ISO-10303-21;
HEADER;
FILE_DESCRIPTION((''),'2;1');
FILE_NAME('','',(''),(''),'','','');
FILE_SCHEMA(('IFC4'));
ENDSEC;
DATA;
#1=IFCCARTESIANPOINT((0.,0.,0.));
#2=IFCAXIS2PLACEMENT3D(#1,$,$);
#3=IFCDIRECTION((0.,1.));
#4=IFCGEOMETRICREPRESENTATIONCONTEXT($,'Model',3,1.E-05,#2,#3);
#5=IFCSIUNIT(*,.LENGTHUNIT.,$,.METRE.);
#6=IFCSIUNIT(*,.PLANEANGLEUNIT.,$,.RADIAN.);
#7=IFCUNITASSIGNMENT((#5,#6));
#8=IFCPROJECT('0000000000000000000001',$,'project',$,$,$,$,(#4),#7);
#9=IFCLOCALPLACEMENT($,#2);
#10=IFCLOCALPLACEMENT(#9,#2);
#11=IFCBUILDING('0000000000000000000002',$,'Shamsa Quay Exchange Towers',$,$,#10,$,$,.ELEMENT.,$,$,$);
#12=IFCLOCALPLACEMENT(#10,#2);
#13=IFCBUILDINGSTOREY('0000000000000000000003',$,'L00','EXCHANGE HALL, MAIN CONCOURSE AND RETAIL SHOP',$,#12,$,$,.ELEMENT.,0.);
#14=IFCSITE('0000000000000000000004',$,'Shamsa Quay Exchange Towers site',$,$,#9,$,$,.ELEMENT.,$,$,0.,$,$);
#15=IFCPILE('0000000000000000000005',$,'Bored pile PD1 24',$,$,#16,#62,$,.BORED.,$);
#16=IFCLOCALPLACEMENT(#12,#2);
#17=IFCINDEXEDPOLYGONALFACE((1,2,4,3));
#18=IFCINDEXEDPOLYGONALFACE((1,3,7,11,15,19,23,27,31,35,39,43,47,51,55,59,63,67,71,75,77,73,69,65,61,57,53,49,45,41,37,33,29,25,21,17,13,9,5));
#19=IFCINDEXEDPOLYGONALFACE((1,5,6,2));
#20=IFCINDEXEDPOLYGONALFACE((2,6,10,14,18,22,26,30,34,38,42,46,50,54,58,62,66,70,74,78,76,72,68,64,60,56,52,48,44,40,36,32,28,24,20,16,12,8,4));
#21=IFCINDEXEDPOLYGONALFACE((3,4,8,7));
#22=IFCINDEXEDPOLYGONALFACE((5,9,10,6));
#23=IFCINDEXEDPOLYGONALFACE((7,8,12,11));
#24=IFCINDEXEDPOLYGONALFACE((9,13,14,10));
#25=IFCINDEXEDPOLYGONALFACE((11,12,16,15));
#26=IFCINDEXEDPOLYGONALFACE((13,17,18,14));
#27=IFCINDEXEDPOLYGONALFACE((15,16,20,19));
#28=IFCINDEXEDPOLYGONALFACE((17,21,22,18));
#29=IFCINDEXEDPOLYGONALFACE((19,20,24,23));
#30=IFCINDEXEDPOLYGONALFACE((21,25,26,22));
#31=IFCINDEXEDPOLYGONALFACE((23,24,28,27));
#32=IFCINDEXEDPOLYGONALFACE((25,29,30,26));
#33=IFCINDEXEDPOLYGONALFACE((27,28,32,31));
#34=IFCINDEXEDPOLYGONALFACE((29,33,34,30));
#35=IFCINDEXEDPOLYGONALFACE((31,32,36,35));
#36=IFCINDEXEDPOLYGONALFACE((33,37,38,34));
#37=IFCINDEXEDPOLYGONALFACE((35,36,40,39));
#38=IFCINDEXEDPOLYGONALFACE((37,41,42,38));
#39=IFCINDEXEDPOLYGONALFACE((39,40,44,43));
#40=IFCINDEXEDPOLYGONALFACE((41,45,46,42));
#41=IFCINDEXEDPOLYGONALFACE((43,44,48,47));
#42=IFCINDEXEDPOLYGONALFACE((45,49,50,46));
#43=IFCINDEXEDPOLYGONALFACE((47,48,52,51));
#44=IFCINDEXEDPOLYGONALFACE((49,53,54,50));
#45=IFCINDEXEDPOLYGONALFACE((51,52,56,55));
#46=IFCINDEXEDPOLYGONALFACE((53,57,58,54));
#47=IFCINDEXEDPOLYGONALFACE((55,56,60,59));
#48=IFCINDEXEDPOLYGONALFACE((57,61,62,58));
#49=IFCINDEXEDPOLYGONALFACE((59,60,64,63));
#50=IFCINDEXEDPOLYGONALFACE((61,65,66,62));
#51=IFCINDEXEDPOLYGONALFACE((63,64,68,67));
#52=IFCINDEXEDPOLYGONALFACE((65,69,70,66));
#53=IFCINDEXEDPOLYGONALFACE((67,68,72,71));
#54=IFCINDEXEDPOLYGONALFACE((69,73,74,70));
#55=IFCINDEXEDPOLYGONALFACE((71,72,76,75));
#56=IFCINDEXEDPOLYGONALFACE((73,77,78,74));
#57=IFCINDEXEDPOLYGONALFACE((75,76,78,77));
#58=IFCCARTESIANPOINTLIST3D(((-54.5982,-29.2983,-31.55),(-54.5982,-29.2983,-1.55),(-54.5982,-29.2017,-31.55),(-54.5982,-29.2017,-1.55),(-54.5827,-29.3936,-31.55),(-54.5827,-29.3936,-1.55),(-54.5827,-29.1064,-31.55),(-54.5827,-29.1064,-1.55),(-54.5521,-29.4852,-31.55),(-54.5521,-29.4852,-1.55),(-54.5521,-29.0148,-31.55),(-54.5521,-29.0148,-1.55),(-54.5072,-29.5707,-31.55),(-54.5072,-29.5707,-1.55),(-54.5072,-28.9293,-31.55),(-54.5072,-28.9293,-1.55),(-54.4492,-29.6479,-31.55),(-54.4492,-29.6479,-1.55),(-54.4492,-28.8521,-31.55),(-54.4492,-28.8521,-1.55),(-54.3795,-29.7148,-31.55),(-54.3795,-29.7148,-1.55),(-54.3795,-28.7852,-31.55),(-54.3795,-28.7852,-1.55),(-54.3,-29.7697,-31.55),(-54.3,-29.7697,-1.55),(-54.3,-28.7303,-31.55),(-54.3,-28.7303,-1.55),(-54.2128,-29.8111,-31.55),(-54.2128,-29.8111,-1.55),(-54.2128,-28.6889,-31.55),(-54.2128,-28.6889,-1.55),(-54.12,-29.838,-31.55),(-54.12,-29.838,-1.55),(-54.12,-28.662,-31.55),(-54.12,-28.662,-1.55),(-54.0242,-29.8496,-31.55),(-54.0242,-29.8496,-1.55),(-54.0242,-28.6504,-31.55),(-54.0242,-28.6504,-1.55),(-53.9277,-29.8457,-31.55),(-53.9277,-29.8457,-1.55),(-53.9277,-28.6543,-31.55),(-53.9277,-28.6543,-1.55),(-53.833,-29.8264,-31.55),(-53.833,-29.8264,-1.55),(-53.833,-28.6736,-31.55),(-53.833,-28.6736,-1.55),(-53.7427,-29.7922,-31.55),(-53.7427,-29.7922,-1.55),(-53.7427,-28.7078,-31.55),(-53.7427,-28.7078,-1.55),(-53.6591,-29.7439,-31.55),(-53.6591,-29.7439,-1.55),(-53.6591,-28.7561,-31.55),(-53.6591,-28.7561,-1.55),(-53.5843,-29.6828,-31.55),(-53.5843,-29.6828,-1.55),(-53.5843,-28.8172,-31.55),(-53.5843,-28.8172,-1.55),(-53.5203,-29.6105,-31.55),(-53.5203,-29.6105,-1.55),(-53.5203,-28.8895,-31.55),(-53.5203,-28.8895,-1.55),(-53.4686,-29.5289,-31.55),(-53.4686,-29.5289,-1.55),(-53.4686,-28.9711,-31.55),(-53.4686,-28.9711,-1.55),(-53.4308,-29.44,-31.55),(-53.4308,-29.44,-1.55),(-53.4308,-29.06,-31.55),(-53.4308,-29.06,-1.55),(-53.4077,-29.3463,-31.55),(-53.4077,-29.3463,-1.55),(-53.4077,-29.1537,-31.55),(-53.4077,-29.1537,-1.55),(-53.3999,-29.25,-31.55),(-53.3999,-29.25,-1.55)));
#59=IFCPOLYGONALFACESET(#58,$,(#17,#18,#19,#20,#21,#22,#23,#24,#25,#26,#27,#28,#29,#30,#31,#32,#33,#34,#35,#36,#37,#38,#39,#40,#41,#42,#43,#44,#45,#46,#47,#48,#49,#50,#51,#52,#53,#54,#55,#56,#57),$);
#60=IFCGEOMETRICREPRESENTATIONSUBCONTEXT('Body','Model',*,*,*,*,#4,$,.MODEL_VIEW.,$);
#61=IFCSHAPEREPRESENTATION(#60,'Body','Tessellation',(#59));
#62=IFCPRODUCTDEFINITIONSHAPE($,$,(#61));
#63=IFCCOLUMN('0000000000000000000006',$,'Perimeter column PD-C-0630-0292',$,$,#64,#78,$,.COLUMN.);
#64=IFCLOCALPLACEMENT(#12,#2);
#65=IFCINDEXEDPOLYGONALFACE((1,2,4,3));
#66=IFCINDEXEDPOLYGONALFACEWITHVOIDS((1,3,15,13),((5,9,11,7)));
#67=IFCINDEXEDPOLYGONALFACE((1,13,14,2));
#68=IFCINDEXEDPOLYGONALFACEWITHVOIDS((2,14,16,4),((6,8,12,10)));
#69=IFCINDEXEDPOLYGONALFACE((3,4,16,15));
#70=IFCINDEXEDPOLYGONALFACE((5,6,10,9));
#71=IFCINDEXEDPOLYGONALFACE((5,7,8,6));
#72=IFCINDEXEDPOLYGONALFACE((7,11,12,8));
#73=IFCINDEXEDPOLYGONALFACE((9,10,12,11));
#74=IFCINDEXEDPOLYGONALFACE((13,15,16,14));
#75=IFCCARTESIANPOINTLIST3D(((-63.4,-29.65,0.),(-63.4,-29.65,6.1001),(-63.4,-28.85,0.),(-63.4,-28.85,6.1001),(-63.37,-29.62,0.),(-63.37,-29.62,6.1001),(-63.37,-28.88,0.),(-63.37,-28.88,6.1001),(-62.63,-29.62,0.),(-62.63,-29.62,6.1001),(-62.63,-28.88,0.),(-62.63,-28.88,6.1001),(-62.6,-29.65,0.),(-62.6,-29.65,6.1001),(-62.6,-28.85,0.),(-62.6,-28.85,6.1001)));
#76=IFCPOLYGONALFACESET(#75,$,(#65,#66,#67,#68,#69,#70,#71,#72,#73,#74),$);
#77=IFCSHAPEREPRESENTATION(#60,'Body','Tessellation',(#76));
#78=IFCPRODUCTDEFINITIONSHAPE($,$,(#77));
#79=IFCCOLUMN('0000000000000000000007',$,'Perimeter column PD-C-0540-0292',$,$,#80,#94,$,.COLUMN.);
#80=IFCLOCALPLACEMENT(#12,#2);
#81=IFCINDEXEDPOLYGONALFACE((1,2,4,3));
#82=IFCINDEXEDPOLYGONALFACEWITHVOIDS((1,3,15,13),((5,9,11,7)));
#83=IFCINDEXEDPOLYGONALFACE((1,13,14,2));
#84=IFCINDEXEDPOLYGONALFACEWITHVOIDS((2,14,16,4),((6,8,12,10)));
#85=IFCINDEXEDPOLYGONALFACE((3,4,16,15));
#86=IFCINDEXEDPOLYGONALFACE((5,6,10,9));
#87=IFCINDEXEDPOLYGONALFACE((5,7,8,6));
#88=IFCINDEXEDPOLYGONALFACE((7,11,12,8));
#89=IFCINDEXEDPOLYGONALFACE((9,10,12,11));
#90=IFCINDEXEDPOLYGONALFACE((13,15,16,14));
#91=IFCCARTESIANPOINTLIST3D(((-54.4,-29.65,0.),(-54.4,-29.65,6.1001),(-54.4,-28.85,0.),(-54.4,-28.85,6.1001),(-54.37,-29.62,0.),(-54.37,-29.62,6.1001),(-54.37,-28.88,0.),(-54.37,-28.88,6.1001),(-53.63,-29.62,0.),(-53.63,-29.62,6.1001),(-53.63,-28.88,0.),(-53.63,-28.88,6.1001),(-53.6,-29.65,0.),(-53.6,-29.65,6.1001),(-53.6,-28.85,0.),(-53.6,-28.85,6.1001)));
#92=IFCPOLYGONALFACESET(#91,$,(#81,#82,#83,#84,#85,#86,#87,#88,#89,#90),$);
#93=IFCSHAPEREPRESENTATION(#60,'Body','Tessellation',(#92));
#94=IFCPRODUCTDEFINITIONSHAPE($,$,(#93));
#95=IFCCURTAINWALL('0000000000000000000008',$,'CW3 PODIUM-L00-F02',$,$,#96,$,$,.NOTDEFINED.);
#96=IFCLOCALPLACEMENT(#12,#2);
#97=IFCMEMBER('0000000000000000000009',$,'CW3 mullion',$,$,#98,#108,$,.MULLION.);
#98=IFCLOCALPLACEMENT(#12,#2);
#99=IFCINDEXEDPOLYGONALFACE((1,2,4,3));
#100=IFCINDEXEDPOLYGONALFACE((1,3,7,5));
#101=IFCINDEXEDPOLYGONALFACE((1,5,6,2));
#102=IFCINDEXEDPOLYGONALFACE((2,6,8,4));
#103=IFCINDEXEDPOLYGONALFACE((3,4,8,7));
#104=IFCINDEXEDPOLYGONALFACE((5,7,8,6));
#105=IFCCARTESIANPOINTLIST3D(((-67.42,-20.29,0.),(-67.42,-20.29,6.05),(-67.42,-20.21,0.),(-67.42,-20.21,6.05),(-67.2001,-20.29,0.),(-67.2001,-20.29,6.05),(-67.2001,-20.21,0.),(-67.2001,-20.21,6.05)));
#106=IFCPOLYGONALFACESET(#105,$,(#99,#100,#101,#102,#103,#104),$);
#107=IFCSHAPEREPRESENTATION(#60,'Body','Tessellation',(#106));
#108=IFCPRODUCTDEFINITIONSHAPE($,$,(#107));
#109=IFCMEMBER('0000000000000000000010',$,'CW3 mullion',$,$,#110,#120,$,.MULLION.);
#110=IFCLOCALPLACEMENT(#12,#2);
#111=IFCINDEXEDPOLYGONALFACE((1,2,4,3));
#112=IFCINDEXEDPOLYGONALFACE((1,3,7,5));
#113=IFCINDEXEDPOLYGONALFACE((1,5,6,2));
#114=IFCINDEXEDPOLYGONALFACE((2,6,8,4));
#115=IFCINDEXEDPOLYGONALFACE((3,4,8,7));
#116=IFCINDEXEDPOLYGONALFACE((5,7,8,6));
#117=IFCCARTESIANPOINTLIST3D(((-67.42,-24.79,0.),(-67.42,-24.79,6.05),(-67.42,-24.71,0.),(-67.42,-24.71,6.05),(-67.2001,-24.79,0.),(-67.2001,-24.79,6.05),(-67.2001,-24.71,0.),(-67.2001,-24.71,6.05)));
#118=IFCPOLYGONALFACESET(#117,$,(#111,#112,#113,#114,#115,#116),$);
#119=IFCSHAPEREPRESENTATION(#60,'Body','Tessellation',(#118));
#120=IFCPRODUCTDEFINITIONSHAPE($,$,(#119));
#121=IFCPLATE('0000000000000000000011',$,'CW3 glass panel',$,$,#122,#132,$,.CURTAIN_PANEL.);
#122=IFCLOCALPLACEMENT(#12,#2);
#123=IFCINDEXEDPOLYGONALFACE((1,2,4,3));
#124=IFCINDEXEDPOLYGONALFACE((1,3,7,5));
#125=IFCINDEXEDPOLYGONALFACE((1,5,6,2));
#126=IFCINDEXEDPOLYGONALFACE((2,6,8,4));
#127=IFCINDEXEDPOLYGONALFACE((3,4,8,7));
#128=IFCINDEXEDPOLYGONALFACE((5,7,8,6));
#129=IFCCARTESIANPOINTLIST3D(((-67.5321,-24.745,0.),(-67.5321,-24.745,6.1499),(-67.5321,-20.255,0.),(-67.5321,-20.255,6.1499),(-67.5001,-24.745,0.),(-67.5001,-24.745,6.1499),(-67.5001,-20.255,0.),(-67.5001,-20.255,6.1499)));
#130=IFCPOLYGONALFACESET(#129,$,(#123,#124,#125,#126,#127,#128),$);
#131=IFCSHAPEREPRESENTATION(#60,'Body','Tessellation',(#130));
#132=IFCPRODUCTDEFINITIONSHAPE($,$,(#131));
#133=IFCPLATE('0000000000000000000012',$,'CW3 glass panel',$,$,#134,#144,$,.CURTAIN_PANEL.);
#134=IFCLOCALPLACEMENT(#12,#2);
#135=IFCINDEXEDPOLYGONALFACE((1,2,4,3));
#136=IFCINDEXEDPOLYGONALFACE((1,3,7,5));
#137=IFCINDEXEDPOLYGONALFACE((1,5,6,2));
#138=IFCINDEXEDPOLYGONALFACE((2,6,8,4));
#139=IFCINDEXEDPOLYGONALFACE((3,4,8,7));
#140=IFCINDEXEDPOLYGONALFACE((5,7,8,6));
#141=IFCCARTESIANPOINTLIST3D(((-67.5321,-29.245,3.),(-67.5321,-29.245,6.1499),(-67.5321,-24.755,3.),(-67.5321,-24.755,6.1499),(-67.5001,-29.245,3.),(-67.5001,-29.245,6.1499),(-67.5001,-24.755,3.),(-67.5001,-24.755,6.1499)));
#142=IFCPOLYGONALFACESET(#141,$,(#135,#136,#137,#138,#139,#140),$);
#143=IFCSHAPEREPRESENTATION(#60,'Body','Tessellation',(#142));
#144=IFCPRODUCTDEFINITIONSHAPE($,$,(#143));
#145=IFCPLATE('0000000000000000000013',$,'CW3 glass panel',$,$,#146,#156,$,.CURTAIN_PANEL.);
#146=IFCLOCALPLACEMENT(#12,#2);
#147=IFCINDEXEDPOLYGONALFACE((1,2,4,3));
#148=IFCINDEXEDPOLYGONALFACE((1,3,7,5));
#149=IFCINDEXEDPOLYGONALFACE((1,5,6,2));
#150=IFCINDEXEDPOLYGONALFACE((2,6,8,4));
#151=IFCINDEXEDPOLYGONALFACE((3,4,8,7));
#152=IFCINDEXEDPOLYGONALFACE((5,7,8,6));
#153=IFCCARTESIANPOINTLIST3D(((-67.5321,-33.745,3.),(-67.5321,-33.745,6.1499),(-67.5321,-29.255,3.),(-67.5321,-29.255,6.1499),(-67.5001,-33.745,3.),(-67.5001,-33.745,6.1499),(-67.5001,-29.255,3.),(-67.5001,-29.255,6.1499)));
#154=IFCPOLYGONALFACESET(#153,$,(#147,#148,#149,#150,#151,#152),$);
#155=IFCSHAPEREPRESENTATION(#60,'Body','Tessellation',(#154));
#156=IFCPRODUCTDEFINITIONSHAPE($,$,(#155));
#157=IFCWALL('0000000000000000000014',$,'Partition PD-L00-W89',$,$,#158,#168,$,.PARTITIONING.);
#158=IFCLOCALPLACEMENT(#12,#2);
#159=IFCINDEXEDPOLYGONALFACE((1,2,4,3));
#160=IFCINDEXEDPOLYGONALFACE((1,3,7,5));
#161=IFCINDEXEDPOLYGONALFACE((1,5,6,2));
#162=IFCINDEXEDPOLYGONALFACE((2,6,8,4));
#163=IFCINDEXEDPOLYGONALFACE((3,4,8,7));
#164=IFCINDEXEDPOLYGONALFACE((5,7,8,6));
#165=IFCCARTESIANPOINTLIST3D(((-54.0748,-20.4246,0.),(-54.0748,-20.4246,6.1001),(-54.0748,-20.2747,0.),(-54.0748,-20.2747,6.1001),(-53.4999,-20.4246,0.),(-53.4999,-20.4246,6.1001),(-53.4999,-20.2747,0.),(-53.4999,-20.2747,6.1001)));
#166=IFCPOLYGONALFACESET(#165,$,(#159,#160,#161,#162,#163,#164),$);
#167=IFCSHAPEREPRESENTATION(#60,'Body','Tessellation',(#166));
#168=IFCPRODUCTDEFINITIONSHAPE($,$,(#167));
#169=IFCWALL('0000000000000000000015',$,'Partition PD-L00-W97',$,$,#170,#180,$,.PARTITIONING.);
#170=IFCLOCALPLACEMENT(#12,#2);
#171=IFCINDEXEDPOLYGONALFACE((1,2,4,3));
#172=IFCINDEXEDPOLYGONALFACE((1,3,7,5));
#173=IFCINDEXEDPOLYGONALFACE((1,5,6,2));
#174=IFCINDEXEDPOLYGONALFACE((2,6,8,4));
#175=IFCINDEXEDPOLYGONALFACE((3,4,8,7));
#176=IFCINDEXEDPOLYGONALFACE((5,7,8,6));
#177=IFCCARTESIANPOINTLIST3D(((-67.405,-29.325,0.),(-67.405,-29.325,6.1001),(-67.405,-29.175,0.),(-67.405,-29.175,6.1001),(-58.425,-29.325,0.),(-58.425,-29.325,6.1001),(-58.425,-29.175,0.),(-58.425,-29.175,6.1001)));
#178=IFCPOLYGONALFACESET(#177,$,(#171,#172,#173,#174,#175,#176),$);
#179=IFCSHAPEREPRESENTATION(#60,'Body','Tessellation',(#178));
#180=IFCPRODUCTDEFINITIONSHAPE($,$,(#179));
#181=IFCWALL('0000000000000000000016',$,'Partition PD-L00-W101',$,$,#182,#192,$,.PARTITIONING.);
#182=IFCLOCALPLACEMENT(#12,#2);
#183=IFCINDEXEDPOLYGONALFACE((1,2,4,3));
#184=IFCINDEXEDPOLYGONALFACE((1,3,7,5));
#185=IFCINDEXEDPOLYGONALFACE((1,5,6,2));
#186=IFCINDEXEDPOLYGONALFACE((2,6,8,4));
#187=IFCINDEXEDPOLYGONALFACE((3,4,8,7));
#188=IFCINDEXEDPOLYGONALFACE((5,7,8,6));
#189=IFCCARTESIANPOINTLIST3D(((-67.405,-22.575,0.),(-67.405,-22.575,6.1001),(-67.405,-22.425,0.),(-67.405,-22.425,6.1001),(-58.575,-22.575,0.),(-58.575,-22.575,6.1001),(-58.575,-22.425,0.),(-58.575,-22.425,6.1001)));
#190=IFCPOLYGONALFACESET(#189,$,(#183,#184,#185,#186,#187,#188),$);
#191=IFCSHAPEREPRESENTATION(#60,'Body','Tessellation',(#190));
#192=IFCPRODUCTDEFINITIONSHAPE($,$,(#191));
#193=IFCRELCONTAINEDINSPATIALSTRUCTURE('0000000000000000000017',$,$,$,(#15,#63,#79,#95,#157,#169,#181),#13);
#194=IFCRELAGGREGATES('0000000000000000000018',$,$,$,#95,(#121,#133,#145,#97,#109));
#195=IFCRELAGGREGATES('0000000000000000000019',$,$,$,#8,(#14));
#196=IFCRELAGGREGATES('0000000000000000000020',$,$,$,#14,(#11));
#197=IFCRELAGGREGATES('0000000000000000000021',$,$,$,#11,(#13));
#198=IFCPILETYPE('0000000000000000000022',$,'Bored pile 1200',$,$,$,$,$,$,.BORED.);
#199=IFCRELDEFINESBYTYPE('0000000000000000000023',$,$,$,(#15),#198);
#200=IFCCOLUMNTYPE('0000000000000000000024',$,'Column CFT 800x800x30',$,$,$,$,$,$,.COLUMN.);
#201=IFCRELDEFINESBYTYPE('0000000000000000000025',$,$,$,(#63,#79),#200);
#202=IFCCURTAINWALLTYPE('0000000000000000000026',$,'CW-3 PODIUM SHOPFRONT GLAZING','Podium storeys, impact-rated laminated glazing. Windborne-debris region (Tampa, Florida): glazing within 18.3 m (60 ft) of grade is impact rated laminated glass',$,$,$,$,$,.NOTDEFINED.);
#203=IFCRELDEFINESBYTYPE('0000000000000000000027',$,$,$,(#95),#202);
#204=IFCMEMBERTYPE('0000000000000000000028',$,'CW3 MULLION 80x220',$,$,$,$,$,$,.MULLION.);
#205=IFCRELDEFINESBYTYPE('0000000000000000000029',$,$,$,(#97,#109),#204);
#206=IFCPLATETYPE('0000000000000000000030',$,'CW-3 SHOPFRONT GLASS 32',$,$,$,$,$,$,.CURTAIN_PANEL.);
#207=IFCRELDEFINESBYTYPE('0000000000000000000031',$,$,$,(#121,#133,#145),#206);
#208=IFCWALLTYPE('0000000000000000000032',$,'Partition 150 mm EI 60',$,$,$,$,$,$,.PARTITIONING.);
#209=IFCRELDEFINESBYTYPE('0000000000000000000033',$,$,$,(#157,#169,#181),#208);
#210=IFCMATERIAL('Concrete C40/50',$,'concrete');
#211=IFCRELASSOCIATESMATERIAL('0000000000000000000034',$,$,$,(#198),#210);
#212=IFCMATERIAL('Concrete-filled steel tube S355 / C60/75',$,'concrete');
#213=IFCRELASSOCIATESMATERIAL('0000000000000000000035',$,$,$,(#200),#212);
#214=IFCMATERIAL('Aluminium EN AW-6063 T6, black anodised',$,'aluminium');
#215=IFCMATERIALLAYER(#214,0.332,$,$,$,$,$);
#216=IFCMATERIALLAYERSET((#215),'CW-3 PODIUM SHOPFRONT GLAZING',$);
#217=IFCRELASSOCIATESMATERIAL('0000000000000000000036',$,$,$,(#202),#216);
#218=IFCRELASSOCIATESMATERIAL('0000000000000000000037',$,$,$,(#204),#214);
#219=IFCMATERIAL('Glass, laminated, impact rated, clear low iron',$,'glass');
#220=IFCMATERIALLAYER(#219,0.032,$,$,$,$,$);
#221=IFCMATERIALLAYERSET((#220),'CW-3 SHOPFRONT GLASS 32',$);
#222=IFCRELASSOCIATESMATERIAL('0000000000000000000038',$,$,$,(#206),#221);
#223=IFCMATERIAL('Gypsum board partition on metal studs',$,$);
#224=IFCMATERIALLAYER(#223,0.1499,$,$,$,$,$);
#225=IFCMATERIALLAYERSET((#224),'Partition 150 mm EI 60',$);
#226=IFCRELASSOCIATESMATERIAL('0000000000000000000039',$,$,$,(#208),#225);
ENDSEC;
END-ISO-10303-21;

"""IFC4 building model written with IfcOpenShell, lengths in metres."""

from ifc_helpers import new_model, si_unit, direction, frame, frame_2d, origin, origin_2d, place, context, subcontext, project, spatial, rectangle, hollow_rectangle, circle, extrude, material, layer, layer_set, material_profile, profile_set, type_object, element, aggregate, save


model = new_model("IFC4")

# Units and contexts
model_context = context("Model", 3, precision=1e-05, world=origin(), true_north=direction((0.0, 1.0)))
body_context = subcontext(model_context, "Body", "Model", "MODEL_VIEW")
ifc_project = project(units=[si_unit("LENGTHUNIT", "METRE"), si_unit("PLANEANGLEUNIT", "RADIAN")], contexts=[model_context])

# Site, building, storey
site_placement = place(None, origin())
site = spatial("IfcSite", under=ifc_project, at=site_placement, Name="Shamsa Quay Exchange Towers site", CompositionType="ELEMENT", RefElevation=0.0)
building_placement = place(site_placement, origin())
building = spatial("IfcBuilding", under=site, at=building_placement, Name="Shamsa Quay Exchange Towers", CompositionType="ELEMENT")
storey_placement = place(building_placement, origin())
storey = spatial("IfcBuildingStorey", under=building, at=storey_placement, Name="L00", Description="EXCHANGE HALL, MAIN CONCOURSE AND RETAIL SHOP", CompositionType="ELEMENT", Elevation=0.0)

# Pile
ifc_material_1 = material(Name="Concrete C40/50", Category="concrete")
ifc_material_profile_1 = material_profile(ifc_material_1, circle(Radius=0.6001, at=origin_2d()), Name="BP1200")
ifc_profile_set_1 = profile_set([ifc_material_profile_1], Name="Concrete C40/50")
pile_type = type_object("IfcPileType", Name="Bored pile 1200", PredefinedType="BORED", material=ifc_profile_set_1)
for number, where, z_axis, x_axis, name in (
    (1, (-54.0, -29.25, -1.55), (0.0, 0.0, -1.0), (1.0, 0.0, 0.0), "Bored pile PD1 24"),
):
    element("IfcPile", number, at=place(storey_placement, frame(where, z_axis=z_axis, x_axis=x_axis)), inside=storey, type_object=pile_type, Name=name, PredefinedType="BORED", context=body_context, shape_type="SweptSolid", body=[
        extrude(circle(Radius=0.6001, at=origin_2d()), origin(), (0.0, 0.0, 1.0), 30.0),
    ])

# Columns
ifc_material_2 = material(Name="Concrete-filled steel tube S355 / C60/75", Category="concrete")
ifc_material_profile_2 = material_profile(ifc_material_2, hollow_rectangle(XDim=0.8, YDim=0.8, WallThickness=0.03, at=origin_2d()), Name="CFT 800x800x30")
ifc_profile_set_2 = profile_set([ifc_material_profile_2], Name="Concrete-filled steel tube S355 / C60/75")
column_type = type_object("IfcColumnType", Name="Column CFT 800x800x30", PredefinedType="COLUMN", material=ifc_profile_set_2)
for number, where, name in (
    (2, (-63.0, -29.25, 0.0), "Perimeter column PD-C-0630-0292"),
    (3, (-54.0, -29.25, 0.0), "Perimeter column PD-C-0540-0292"),
):
    element("IfcColumn", number, at=place(storey_placement, frame(where)), inside=storey, type_object=column_type, Name=name, PredefinedType="COLUMN", context=body_context, shape_type="SweptSolid", body=[
        extrude(hollow_rectangle(XDim=0.8, YDim=0.8, WallThickness=0.03, at=origin_2d()), origin(), (0.0, 0.0, 1.0), 6.1001),
    ])

# Curtain wall, members, plates
ifc_material_3 = material(Name="Aluminium EN AW-6063 T6, black anodised", Category="aluminium")
ifc_layer_1 = layer(ifc_material_3, 0.332)
ifc_layer_set_1 = layer_set([ifc_layer_1], Name="CW-3 PODIUM SHOPFRONT GLAZING")
curtain_wall_type = type_object("IfcCurtainWallType", Name="CW-3 PODIUM SHOPFRONT GLAZING", Description="Podium storeys, impact-rated laminated glazing. Windborne-debris region (Tampa, Florida): glazing within 18.3 m (60 ft) of grade is impact rated laminated glass", PredefinedType="NOTDEFINED", material=ifc_layer_set_1)
curtain_wall_placement = place(storey_placement, origin())
curtain_wall = element("IfcCurtainWall", 4, at=curtain_wall_placement, inside=storey, type_object=curtain_wall_type, Name="CW3 PODIUM-L00-F02", PredefinedType="NOTDEFINED")
ifc_material_profile_3 = material_profile(ifc_material_3, rectangle(XDim=0.22, YDim=0.0801, at=origin_2d()), Name="MU80x220")
ifc_profile_set_3 = profile_set([ifc_material_profile_3], Name="Aluminium EN AW-6063 T6, black anodised")
member_type = type_object("IfcMemberType", Name="CW3 MULLION 80x220", PredefinedType="MULLION", material=ifc_profile_set_3)
member_1_placement = place(storey_placement, frame((-67.3101, -20.25, 0.0)))
member_1 = element("IfcMember", 5, at=member_1_placement, type_object=member_type, Name="CW3 mullion", PredefinedType="MULLION", context=body_context, shape_type="SweptSolid", body=[
    extrude(rectangle(XDim=0.22, YDim=0.0801, at=origin_2d()), origin(), (0.0, 0.0, 1.0), 6.05),
])
member_2_placement = place(storey_placement, frame((-67.3101, -24.75, 0.0)))
member_2 = element("IfcMember", 6, at=member_2_placement, type_object=member_type, Name="CW3 mullion", PredefinedType="MULLION", context=body_context, shape_type="SweptSolid", body=[
    extrude(rectangle(XDim=0.22, YDim=0.0801, at=origin_2d()), origin(), (0.0, 0.0, 1.0), 6.05),
])
ifc_material_4 = material(Name="Glass, laminated, impact rated, clear low iron", Category="glass")
ifc_layer_2 = layer(ifc_material_4, 0.032)
ifc_layer_set_2 = layer_set([ifc_layer_2], Name="CW-3 SHOPFRONT GLASS 32")
plate_type = type_object("IfcPlateType", Name="CW-3 SHOPFRONT GLASS 32", PredefinedType="CURTAIN_PANEL", material=ifc_layer_set_2)
plate_1_placement = place(storey_placement, frame((-67.5161, -22.5, 0.0), z_axis=(0.0, 0.0, 1.0), x_axis=(0.0, -1.0, 0.0)))
plate_1 = element("IfcPlate", 7, at=plate_1_placement, type_object=plate_type, Name="CW3 glass panel", PredefinedType="CURTAIN_PANEL", context=body_context, shape_type="SweptSolid", body=[
    extrude(rectangle(XDim=4.49, YDim=0.032, at=origin_2d()), origin(), (0.0, 0.0, 1.0), 6.1499),
])
plate_2_placement = place(storey_placement, frame((-67.5161, -27.0, 3.0), z_axis=(0.0, 0.0, 1.0), x_axis=(0.0, -1.0, 0.0)))
plate_2 = element("IfcPlate", 8, at=plate_2_placement, type_object=plate_type, Name="CW3 glass panel", PredefinedType="CURTAIN_PANEL", context=body_context, shape_type="SweptSolid", body=[
    extrude(rectangle(XDim=4.49, YDim=0.032, at=origin_2d()), origin(), (0.0, 0.0, 1.0), 3.1499),
])
plate_3_placement = place(storey_placement, frame((-67.5161, -31.5, 3.0), z_axis=(0.0, 0.0, 1.0), x_axis=(0.0, -1.0, 0.0)))
plate_3 = element("IfcPlate", 9, at=plate_3_placement, type_object=plate_type, Name="CW3 glass panel", PredefinedType="CURTAIN_PANEL", context=body_context, shape_type="SweptSolid", body=[
    extrude(rectangle(XDim=4.49, YDim=0.032, at=origin_2d()), origin(), (0.0, 0.0, 1.0), 3.1499),
])
aggregate(curtain_wall, [plate_1, plate_2, plate_3, member_1, member_2])

# Shared definitions
ifc_material_5 = material(Name="Gypsum board partition on metal studs")
ifc_layer_3 = layer(ifc_material_5, 0.1499)
ifc_layer_set_3 = layer_set([ifc_layer_3], Name="Partition 150 mm EI 60")
wall_type_1 = type_object("IfcWallType", Name="Partition 150 mm EI 60", PredefinedType="PARTITIONING", material=ifc_layer_set_3)

# Walls
wall_1_placement = place(storey_placement, frame((-54.075, -20.3496, 0.0)))
element("IfcWall", 10, at=wall_1_placement, inside=storey, type_object=wall_type_1, Name="Partition PD-L00-W89", PredefinedType="PARTITIONING", context=body_context, shape_type="SweptSolid", body=[
    extrude(rectangle(XDim=0.575, YDim=0.1499, at=frame_2d((0.2876, 0.0))), origin(), (0.0, 0.0, 1.0), 6.1001),
])
wall_2_placement = place(storey_placement, frame((-58.425, -29.25, 0.0), z_axis=(0.0, 0.0, 1.0), x_axis=(-1.0, 0.0, 0.0)))
element("IfcWall", 11, at=wall_2_placement, inside=storey, type_object=wall_type_1, Name="Partition PD-L00-W97", PredefinedType="PARTITIONING", context=body_context, shape_type="SweptSolid", body=[
    extrude(rectangle(XDim=8.98, YDim=0.1499, at=frame_2d((4.49, 0.0))), origin(), (0.0, 0.0, 1.0), 6.1001),
])
wall_3_placement = place(storey_placement, frame((-58.575, -22.5, 0.0), z_axis=(0.0, 0.0, 1.0), x_axis=(-1.0, 0.0, 0.0)))
element("IfcWall", 12, at=wall_3_placement, inside=storey, type_object=wall_type_1, Name="Partition PD-L00-W101", PredefinedType="PARTITIONING", context=body_context, shape_type="SweptSolid", body=[
    extrude(rectangle(XDim=8.8301, YDim=0.1499, at=frame_2d((4.415, 0.0))), origin(), (0.0, 0.0, 1.0), 6.1001),
])

save(model, "model.ifc")
